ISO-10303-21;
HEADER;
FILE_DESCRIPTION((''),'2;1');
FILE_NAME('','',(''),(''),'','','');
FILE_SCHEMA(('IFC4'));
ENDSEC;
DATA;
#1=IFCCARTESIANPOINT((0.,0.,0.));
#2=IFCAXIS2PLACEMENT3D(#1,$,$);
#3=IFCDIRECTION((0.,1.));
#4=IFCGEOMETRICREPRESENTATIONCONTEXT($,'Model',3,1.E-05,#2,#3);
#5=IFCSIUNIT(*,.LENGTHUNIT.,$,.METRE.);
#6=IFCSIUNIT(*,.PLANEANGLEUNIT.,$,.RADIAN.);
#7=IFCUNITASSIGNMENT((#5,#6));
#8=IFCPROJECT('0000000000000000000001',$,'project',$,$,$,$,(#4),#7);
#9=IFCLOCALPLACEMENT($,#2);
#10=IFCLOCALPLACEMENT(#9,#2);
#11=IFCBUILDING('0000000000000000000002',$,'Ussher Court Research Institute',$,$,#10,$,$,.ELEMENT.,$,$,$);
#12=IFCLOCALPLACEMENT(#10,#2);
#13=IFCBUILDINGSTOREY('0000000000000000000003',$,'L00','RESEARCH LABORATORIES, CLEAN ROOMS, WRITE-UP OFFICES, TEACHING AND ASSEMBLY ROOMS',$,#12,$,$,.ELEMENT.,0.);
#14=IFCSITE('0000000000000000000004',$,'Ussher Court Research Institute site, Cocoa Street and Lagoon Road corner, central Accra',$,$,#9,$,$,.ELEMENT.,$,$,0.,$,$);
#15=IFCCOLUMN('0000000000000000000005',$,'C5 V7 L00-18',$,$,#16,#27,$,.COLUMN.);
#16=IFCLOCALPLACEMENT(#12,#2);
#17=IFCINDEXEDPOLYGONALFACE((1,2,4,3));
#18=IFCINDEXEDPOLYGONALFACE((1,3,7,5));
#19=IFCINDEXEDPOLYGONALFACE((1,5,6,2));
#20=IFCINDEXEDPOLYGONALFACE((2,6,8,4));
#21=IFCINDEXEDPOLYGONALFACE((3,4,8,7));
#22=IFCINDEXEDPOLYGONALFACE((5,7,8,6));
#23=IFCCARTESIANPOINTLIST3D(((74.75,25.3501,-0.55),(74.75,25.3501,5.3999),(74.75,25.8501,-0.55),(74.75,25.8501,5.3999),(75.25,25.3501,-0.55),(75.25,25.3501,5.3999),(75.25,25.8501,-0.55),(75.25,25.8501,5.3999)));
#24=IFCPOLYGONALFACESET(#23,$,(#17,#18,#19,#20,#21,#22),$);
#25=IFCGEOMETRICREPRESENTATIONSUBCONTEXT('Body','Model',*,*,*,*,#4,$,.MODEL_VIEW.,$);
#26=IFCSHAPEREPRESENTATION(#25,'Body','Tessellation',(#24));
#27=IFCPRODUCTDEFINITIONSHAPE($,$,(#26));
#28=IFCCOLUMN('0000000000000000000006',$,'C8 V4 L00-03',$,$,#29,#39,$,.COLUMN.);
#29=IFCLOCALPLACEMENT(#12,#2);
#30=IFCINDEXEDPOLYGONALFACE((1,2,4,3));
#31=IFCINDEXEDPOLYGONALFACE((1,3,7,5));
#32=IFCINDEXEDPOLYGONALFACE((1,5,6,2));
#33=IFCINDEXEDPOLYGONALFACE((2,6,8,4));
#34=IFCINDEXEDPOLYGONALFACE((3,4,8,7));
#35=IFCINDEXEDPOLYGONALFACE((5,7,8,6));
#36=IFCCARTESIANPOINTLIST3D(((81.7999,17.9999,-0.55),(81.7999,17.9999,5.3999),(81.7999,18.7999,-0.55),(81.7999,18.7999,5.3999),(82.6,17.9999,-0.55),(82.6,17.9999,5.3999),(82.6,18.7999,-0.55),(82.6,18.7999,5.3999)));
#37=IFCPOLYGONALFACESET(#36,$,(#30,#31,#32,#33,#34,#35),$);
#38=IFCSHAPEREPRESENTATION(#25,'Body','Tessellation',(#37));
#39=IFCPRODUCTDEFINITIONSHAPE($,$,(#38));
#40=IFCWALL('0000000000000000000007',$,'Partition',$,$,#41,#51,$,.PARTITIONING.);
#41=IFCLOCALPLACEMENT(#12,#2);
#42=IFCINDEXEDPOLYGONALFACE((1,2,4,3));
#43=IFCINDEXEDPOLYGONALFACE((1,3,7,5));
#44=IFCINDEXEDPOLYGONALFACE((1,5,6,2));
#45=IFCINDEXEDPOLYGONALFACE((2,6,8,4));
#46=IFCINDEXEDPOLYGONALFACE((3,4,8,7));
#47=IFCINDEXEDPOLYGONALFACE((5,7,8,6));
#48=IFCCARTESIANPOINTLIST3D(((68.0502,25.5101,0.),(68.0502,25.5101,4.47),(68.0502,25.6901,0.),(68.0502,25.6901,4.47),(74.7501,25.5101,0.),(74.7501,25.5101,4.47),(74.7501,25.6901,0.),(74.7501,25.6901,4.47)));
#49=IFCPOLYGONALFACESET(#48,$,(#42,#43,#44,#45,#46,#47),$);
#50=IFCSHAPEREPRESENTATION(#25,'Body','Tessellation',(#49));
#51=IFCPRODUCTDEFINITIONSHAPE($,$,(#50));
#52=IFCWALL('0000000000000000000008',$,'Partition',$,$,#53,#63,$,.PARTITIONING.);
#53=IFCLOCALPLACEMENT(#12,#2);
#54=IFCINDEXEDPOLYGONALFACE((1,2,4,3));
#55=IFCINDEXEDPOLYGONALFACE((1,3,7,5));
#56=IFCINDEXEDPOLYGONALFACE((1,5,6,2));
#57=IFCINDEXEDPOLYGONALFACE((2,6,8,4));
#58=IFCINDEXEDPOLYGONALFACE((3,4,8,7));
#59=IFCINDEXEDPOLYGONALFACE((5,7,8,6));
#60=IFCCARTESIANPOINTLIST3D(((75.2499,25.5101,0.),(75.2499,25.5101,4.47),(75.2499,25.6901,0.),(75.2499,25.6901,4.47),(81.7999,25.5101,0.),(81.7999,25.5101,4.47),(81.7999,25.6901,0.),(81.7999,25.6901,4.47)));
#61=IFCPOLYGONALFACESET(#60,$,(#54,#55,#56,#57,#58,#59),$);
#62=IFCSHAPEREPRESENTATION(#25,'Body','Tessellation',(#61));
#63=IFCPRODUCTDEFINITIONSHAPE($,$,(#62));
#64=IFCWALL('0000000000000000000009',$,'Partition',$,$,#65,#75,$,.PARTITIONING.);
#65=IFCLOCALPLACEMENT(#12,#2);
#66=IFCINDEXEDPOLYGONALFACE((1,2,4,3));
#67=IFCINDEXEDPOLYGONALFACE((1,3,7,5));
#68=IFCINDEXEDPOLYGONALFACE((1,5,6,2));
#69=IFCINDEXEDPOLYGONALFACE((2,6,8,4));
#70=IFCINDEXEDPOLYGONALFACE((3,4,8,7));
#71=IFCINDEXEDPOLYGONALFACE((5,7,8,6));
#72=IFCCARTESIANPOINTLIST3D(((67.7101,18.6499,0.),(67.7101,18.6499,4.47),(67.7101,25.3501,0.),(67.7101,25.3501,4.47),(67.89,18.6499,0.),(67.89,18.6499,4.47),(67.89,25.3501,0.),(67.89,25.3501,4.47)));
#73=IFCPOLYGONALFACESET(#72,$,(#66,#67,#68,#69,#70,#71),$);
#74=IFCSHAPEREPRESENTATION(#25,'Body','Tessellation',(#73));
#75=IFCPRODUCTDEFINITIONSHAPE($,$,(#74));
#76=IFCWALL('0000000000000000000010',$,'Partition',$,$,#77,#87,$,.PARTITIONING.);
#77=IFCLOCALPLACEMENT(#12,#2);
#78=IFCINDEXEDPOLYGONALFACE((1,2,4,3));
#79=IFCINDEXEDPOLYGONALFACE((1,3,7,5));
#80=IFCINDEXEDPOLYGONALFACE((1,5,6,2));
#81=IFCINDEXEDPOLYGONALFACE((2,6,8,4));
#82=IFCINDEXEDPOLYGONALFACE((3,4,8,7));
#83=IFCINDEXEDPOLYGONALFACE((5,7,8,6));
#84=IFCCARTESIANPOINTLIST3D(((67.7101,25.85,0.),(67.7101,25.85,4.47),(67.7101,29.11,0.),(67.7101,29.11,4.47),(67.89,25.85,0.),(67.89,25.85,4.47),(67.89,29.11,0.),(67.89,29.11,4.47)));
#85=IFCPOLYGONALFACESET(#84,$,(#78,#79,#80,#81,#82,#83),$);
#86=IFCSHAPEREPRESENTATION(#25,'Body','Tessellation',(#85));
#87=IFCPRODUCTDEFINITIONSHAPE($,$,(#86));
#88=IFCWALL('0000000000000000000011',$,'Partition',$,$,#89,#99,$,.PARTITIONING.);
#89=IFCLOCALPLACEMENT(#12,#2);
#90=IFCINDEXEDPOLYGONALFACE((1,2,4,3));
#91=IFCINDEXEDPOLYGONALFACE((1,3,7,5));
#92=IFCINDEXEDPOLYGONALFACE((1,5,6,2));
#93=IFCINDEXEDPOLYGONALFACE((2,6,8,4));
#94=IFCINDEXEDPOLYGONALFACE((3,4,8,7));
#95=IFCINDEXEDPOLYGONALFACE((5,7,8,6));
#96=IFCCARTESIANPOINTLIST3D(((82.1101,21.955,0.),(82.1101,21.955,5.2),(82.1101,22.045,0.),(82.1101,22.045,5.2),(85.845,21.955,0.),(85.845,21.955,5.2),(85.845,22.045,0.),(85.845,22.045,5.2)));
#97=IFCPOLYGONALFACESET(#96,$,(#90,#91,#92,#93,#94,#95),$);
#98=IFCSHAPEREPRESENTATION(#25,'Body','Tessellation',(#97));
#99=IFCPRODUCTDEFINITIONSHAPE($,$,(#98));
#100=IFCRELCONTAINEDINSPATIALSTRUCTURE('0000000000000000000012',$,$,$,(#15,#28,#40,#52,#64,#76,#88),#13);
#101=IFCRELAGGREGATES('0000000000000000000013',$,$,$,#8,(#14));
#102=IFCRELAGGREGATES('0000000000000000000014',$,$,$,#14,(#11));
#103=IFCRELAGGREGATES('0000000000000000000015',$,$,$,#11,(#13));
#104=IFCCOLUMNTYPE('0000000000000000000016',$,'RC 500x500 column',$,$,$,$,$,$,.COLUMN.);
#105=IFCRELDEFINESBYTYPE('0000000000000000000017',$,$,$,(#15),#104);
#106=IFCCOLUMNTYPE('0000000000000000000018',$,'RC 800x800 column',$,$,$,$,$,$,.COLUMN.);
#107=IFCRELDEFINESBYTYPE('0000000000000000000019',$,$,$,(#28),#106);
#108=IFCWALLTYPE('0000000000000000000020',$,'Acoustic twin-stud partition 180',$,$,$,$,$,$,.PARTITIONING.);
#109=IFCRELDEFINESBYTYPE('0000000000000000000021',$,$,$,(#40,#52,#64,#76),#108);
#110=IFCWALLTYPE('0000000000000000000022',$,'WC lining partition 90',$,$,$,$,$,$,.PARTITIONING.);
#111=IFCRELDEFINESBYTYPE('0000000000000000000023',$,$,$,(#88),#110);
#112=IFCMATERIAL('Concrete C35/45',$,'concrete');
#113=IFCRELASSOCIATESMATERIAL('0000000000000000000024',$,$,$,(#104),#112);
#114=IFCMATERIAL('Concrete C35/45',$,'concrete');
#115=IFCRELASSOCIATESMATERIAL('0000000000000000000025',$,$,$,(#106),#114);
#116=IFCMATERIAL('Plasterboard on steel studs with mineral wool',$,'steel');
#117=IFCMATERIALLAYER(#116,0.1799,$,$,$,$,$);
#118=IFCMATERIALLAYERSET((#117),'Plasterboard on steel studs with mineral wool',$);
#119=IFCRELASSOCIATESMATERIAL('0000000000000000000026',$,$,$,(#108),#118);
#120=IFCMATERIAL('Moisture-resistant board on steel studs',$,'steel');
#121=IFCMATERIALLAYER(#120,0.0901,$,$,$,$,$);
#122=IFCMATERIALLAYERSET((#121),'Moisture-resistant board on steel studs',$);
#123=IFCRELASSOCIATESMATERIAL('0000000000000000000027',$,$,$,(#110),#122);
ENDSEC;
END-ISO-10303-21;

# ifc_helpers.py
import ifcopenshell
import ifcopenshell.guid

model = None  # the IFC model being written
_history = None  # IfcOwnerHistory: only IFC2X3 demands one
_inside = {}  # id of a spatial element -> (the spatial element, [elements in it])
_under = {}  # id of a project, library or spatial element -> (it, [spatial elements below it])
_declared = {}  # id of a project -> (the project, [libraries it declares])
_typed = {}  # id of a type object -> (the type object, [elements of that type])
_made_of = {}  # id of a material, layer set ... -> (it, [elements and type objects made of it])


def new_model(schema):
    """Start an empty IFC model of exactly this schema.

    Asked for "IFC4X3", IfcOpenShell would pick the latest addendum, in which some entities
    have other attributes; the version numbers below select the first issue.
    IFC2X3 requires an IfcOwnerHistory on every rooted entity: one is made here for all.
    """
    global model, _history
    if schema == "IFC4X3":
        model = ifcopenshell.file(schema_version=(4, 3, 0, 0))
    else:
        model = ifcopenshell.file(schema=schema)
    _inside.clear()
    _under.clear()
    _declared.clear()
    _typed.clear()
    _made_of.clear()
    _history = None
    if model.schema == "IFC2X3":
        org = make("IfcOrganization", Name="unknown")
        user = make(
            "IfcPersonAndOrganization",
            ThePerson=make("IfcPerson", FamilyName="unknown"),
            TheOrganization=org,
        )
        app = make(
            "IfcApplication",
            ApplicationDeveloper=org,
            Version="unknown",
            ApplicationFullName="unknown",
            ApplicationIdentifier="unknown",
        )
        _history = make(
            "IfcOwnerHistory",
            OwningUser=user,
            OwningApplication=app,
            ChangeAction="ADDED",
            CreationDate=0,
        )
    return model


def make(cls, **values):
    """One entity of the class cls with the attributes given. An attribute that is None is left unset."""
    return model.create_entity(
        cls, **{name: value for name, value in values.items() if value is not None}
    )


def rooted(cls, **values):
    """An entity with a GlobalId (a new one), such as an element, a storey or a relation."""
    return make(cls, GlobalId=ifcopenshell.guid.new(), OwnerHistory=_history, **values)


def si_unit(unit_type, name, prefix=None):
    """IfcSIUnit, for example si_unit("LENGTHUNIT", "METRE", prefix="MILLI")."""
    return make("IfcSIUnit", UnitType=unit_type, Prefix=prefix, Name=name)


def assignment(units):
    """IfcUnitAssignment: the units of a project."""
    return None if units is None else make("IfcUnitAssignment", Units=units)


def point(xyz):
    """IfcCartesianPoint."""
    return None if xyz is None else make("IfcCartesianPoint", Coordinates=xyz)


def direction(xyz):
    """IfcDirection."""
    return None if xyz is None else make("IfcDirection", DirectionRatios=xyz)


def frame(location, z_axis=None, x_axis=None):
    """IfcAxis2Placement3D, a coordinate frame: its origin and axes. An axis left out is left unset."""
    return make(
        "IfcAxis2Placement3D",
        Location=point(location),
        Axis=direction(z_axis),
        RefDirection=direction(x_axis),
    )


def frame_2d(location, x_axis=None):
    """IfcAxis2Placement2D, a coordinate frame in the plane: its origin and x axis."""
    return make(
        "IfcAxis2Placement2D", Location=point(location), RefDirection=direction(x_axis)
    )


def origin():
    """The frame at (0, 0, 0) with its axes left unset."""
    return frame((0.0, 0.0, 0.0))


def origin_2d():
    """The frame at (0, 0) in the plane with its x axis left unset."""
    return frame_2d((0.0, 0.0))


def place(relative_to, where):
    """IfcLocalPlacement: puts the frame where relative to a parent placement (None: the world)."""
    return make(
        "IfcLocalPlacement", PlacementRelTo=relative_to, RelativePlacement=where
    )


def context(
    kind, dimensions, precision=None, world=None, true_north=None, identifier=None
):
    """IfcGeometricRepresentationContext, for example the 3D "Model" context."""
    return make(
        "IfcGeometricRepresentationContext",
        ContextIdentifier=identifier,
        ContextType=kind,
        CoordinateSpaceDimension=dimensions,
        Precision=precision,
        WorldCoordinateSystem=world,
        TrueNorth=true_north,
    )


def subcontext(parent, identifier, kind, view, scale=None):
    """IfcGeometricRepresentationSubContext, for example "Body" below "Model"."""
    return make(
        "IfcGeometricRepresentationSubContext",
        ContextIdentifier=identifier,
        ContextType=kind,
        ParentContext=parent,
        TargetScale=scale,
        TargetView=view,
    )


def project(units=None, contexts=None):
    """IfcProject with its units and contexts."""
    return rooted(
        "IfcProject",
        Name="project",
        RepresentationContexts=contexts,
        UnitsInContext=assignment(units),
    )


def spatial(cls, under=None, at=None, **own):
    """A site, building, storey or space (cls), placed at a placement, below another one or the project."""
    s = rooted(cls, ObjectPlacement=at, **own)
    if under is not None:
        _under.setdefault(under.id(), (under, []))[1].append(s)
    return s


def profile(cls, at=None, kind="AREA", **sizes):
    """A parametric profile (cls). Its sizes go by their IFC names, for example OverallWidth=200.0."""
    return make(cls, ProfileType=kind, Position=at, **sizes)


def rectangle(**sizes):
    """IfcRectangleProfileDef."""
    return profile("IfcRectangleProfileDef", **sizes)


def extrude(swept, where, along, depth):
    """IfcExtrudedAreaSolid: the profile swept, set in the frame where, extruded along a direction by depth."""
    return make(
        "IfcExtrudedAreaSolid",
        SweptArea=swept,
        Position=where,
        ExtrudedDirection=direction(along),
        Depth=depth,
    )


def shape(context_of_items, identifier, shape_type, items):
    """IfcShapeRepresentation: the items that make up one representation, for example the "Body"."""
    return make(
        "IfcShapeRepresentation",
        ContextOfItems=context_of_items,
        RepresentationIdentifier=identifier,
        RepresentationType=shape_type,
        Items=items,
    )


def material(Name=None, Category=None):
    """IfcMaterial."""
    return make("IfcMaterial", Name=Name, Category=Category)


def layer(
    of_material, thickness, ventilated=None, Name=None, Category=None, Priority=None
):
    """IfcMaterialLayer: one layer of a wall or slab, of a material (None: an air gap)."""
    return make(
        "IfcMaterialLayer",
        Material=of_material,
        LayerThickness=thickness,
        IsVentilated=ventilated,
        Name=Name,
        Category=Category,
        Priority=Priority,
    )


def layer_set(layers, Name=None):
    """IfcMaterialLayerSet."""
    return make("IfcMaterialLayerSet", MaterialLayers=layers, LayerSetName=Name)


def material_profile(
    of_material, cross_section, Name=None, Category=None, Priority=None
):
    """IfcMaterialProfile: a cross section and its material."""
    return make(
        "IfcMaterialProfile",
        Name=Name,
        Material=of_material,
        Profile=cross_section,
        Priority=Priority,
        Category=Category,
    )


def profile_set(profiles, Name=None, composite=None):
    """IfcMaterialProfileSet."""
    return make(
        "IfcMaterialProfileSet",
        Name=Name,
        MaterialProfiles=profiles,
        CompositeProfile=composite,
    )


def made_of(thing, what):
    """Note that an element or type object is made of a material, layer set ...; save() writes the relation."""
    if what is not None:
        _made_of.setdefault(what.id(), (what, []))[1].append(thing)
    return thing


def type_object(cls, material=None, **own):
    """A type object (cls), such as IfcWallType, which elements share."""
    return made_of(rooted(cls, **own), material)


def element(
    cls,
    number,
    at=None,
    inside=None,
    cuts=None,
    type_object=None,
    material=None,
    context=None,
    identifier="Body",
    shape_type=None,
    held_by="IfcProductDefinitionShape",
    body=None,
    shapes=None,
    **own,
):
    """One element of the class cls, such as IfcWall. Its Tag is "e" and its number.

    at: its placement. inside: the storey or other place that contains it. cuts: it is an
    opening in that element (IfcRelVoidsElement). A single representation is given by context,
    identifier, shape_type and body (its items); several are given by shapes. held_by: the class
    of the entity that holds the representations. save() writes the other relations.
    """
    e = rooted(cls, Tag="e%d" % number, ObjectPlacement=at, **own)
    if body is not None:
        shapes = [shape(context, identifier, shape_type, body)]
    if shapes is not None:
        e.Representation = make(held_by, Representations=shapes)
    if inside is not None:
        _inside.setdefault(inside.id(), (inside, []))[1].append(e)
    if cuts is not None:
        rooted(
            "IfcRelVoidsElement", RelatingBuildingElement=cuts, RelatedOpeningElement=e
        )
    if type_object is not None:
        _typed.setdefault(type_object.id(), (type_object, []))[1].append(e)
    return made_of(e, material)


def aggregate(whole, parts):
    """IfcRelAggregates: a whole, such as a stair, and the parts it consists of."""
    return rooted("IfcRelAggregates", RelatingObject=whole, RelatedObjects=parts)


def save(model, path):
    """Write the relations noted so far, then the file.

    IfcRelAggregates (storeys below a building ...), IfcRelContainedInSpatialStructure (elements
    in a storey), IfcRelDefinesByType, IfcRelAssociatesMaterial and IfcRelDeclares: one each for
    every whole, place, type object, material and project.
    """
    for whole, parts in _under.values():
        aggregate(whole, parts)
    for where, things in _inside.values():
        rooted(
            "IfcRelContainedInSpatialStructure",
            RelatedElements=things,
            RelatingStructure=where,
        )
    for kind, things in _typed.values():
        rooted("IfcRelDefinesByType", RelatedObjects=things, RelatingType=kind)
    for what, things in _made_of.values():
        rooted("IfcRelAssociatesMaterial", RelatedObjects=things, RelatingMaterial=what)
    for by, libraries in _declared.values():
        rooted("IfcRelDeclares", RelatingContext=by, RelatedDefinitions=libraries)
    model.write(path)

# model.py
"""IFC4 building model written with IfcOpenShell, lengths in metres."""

from ifc_helpers import new_model, si_unit, direction, frame, frame_2d, origin, origin_2d, place, context, subcontext, project, spatial, rectangle, extrude, material, layer, layer_set, material_profile, profile_set, type_object, element, save


model = new_model("IFC4")

# Units and contexts
model_context = context("Model", 3, precision=1e-05, world=origin(), true_north=direction((0.0, 1.0)))
body_context = subcontext(model_context, "Body", "Model", "MODEL_VIEW")
ifc_project = project(units=[si_unit("LENGTHUNIT", "METRE"), si_unit("PLANEANGLEUNIT", "RADIAN")], contexts=[model_context])

# Site, building, storey
site_placement = place(None, origin())
site = spatial("IfcSite", under=ifc_project, at=site_placement, Name="Ussher Court Research Institute site, Cocoa Street and Lagoon Road corner, central Accra", CompositionType="ELEMENT", RefElevation=0.0)
building_placement = place(site_placement, origin())
building = spatial("IfcBuilding", under=site, at=building_placement, Name="Ussher Court Research Institute", CompositionType="ELEMENT")
storey_placement = place(building_placement, origin())
storey = spatial("IfcBuildingStorey", under=building, at=storey_placement, Name="L00", Description="RESEARCH LABORATORIES, CLEAN ROOMS, WRITE-UP OFFICES, TEACHING AND ASSEMBLY ROOMS", CompositionType="ELEMENT", Elevation=0.0)

# Columns
ifc_material_1 = material(Name="Concrete C35/45", Category="concrete")
ifc_material_profile_1 = material_profile(ifc_material_1, rectangle(XDim=0.5, YDim=0.5, at=origin_2d()), Name="RC 500x500")
ifc_profile_set_1 = profile_set([ifc_material_profile_1], Name="Concrete C35/45")
column_type_1 = type_object("IfcColumnType", Name="RC 500x500 column", PredefinedType="COLUMN", material=ifc_profile_set_1)
for number, where, z_axis, x_axis, name in (
    (1, (75.0, 25.6001, -0.55), (0.0, 0.0, 1.0), (1.0, 0.0, 0.0), "C5 V7 L00-18"),
):
    element("IfcColumn", number, at=place(storey_placement, frame(where, z_axis=z_axis, x_axis=x_axis)), inside=storey, type_object=column_type_1, Name=name, PredefinedType="COLUMN", context=body_context, shape_type="SweptSolid", body=[
        extrude(rectangle(XDim=0.5, YDim=0.5, at=origin_2d()), origin(), (0.0, 0.0, 1.0), 5.95),
    ])
ifc_material_2 = material(Name="Concrete C35/45", Category="concrete")
ifc_material_profile_2 = material_profile(ifc_material_2, rectangle(XDim=0.8, YDim=0.8, at=origin_2d()), Name="RC 800x800")
ifc_profile_set_2 = profile_set([ifc_material_profile_2], Name="Concrete C35/45")
column_type_2 = type_object("IfcColumnType", Name="RC 800x800 column", PredefinedType="COLUMN", material=ifc_profile_set_2)
column_placement = place(storey_placement, frame((82.2, 18.3999, -0.55), z_axis=(0.0, 0.0, 1.0), x_axis=(1.0, 0.0, 0.0)))
element("IfcColumn", 2, at=column_placement, inside=storey, type_object=column_type_2, Name="C8 V4 L00-03", PredefinedType="COLUMN", context=body_context, shape_type="SweptSolid", body=[
    extrude(rectangle(XDim=0.8, YDim=0.8, at=origin_2d()), origin(), (0.0, 0.0, 1.0), 5.95),
])

# Walls
ifc_material_3 = material(Name="Plasterboard on steel studs with mineral wool", Category="steel")
ifc_layer_1 = layer(ifc_material_3, 0.1799)
ifc_layer_set_1 = layer_set([ifc_layer_1], Name="Plasterboard on steel studs with mineral wool")
wall_type_1 = type_object("IfcWallType", Name="Acoustic twin-stud partition 180", PredefinedType="PARTITIONING", material=ifc_layer_set_1)
wall_1_placement = place(storey_placement, frame((68.05, 25.6001, 0.0), z_axis=(0.0, 0.0, 1.0), x_axis=(1.0, 0.0, 0.0)))
element("IfcWall", 3, at=wall_1_placement, inside=storey, type_object=wall_type_1, Name="Partition", PredefinedType="PARTITIONING", context=body_context, shape_type="SweptSolid", body=[
    extrude(rectangle(XDim=6.7, YDim=0.1799, at=frame_2d((3.3501, 0.0))), origin(), (0.0, 0.0, 1.0), 4.47),
])
wall_2_placement = place(storey_placement, frame((75.25, 25.6001, 0.0), z_axis=(0.0, 0.0, 1.0), x_axis=(1.0, 0.0, 0.0)))
element("IfcWall", 4, at=wall_2_placement, inside=storey, type_object=wall_type_1, Name="Partition", PredefinedType="PARTITIONING", context=body_context, shape_type="SweptSolid", body=[
    extrude(rectangle(XDim=6.55, YDim=0.1799, at=frame_2d((3.2749, 0.0))), origin(), (0.0, 0.0, 1.0), 4.47),
])
wall_3_placement = place(storey_placement, frame((67.8, 18.6499, 0.0), z_axis=(0.0, 0.0, 1.0), x_axis=(0.0, 1.0, 0.0)))
element("IfcWall", 5, at=wall_3_placement, inside=storey, type_object=wall_type_1, Name="Partition", PredefinedType="PARTITIONING", context=body_context, shape_type="SweptSolid", body=[
    extrude(rectangle(XDim=6.7002, YDim=0.1799, at=frame_2d((3.3501, 0.0))), origin(), (0.0, 0.0, 1.0), 4.47),
])
wall_4_placement = place(storey_placement, frame((67.8, 25.8501, 0.0), z_axis=(0.0, 0.0, 1.0), x_axis=(0.0, 1.0, 0.0)))
element("IfcWall", 6, at=wall_4_placement, inside=storey, type_object=wall_type_1, Name="Partition", PredefinedType="PARTITIONING", context=body_context, shape_type="SweptSolid", body=[
    extrude(rectangle(XDim=3.26, YDim=0.1799, at=frame_2d((1.6299, 0.0))), origin(), (0.0, 0.0, 1.0), 4.47),
])
ifc_material_4 = material(Name="Moisture-resistant board on steel studs", Category="steel")
ifc_layer_2 = layer(ifc_material_4, 0.0901)
ifc_layer_set_2 = layer_set([ifc_layer_2], Name="Moisture-resistant board on steel studs")
wall_type_2 = type_object("IfcWallType", Name="WC lining partition 90", PredefinedType="PARTITIONING", material=ifc_layer_set_2)
wall_5_placement = place(storey_placement, frame((82.1101, 22.0, 0.0), z_axis=(0.0, 0.0, 1.0), x_axis=(1.0, 0.0, 0.0)))
element("IfcWall", 7, at=wall_5_placement, inside=storey, type_object=wall_type_2, Name="Partition", PredefinedType="PARTITIONING", context=body_context, shape_type="SweptSolid", body=[
    extrude(rectangle(XDim=3.7349, YDim=0.0901, at=frame_2d((1.8674, 0.0))), origin(), (0.0, 0.0, 1.0), 5.2),
])

save(model, "model.ifc")
